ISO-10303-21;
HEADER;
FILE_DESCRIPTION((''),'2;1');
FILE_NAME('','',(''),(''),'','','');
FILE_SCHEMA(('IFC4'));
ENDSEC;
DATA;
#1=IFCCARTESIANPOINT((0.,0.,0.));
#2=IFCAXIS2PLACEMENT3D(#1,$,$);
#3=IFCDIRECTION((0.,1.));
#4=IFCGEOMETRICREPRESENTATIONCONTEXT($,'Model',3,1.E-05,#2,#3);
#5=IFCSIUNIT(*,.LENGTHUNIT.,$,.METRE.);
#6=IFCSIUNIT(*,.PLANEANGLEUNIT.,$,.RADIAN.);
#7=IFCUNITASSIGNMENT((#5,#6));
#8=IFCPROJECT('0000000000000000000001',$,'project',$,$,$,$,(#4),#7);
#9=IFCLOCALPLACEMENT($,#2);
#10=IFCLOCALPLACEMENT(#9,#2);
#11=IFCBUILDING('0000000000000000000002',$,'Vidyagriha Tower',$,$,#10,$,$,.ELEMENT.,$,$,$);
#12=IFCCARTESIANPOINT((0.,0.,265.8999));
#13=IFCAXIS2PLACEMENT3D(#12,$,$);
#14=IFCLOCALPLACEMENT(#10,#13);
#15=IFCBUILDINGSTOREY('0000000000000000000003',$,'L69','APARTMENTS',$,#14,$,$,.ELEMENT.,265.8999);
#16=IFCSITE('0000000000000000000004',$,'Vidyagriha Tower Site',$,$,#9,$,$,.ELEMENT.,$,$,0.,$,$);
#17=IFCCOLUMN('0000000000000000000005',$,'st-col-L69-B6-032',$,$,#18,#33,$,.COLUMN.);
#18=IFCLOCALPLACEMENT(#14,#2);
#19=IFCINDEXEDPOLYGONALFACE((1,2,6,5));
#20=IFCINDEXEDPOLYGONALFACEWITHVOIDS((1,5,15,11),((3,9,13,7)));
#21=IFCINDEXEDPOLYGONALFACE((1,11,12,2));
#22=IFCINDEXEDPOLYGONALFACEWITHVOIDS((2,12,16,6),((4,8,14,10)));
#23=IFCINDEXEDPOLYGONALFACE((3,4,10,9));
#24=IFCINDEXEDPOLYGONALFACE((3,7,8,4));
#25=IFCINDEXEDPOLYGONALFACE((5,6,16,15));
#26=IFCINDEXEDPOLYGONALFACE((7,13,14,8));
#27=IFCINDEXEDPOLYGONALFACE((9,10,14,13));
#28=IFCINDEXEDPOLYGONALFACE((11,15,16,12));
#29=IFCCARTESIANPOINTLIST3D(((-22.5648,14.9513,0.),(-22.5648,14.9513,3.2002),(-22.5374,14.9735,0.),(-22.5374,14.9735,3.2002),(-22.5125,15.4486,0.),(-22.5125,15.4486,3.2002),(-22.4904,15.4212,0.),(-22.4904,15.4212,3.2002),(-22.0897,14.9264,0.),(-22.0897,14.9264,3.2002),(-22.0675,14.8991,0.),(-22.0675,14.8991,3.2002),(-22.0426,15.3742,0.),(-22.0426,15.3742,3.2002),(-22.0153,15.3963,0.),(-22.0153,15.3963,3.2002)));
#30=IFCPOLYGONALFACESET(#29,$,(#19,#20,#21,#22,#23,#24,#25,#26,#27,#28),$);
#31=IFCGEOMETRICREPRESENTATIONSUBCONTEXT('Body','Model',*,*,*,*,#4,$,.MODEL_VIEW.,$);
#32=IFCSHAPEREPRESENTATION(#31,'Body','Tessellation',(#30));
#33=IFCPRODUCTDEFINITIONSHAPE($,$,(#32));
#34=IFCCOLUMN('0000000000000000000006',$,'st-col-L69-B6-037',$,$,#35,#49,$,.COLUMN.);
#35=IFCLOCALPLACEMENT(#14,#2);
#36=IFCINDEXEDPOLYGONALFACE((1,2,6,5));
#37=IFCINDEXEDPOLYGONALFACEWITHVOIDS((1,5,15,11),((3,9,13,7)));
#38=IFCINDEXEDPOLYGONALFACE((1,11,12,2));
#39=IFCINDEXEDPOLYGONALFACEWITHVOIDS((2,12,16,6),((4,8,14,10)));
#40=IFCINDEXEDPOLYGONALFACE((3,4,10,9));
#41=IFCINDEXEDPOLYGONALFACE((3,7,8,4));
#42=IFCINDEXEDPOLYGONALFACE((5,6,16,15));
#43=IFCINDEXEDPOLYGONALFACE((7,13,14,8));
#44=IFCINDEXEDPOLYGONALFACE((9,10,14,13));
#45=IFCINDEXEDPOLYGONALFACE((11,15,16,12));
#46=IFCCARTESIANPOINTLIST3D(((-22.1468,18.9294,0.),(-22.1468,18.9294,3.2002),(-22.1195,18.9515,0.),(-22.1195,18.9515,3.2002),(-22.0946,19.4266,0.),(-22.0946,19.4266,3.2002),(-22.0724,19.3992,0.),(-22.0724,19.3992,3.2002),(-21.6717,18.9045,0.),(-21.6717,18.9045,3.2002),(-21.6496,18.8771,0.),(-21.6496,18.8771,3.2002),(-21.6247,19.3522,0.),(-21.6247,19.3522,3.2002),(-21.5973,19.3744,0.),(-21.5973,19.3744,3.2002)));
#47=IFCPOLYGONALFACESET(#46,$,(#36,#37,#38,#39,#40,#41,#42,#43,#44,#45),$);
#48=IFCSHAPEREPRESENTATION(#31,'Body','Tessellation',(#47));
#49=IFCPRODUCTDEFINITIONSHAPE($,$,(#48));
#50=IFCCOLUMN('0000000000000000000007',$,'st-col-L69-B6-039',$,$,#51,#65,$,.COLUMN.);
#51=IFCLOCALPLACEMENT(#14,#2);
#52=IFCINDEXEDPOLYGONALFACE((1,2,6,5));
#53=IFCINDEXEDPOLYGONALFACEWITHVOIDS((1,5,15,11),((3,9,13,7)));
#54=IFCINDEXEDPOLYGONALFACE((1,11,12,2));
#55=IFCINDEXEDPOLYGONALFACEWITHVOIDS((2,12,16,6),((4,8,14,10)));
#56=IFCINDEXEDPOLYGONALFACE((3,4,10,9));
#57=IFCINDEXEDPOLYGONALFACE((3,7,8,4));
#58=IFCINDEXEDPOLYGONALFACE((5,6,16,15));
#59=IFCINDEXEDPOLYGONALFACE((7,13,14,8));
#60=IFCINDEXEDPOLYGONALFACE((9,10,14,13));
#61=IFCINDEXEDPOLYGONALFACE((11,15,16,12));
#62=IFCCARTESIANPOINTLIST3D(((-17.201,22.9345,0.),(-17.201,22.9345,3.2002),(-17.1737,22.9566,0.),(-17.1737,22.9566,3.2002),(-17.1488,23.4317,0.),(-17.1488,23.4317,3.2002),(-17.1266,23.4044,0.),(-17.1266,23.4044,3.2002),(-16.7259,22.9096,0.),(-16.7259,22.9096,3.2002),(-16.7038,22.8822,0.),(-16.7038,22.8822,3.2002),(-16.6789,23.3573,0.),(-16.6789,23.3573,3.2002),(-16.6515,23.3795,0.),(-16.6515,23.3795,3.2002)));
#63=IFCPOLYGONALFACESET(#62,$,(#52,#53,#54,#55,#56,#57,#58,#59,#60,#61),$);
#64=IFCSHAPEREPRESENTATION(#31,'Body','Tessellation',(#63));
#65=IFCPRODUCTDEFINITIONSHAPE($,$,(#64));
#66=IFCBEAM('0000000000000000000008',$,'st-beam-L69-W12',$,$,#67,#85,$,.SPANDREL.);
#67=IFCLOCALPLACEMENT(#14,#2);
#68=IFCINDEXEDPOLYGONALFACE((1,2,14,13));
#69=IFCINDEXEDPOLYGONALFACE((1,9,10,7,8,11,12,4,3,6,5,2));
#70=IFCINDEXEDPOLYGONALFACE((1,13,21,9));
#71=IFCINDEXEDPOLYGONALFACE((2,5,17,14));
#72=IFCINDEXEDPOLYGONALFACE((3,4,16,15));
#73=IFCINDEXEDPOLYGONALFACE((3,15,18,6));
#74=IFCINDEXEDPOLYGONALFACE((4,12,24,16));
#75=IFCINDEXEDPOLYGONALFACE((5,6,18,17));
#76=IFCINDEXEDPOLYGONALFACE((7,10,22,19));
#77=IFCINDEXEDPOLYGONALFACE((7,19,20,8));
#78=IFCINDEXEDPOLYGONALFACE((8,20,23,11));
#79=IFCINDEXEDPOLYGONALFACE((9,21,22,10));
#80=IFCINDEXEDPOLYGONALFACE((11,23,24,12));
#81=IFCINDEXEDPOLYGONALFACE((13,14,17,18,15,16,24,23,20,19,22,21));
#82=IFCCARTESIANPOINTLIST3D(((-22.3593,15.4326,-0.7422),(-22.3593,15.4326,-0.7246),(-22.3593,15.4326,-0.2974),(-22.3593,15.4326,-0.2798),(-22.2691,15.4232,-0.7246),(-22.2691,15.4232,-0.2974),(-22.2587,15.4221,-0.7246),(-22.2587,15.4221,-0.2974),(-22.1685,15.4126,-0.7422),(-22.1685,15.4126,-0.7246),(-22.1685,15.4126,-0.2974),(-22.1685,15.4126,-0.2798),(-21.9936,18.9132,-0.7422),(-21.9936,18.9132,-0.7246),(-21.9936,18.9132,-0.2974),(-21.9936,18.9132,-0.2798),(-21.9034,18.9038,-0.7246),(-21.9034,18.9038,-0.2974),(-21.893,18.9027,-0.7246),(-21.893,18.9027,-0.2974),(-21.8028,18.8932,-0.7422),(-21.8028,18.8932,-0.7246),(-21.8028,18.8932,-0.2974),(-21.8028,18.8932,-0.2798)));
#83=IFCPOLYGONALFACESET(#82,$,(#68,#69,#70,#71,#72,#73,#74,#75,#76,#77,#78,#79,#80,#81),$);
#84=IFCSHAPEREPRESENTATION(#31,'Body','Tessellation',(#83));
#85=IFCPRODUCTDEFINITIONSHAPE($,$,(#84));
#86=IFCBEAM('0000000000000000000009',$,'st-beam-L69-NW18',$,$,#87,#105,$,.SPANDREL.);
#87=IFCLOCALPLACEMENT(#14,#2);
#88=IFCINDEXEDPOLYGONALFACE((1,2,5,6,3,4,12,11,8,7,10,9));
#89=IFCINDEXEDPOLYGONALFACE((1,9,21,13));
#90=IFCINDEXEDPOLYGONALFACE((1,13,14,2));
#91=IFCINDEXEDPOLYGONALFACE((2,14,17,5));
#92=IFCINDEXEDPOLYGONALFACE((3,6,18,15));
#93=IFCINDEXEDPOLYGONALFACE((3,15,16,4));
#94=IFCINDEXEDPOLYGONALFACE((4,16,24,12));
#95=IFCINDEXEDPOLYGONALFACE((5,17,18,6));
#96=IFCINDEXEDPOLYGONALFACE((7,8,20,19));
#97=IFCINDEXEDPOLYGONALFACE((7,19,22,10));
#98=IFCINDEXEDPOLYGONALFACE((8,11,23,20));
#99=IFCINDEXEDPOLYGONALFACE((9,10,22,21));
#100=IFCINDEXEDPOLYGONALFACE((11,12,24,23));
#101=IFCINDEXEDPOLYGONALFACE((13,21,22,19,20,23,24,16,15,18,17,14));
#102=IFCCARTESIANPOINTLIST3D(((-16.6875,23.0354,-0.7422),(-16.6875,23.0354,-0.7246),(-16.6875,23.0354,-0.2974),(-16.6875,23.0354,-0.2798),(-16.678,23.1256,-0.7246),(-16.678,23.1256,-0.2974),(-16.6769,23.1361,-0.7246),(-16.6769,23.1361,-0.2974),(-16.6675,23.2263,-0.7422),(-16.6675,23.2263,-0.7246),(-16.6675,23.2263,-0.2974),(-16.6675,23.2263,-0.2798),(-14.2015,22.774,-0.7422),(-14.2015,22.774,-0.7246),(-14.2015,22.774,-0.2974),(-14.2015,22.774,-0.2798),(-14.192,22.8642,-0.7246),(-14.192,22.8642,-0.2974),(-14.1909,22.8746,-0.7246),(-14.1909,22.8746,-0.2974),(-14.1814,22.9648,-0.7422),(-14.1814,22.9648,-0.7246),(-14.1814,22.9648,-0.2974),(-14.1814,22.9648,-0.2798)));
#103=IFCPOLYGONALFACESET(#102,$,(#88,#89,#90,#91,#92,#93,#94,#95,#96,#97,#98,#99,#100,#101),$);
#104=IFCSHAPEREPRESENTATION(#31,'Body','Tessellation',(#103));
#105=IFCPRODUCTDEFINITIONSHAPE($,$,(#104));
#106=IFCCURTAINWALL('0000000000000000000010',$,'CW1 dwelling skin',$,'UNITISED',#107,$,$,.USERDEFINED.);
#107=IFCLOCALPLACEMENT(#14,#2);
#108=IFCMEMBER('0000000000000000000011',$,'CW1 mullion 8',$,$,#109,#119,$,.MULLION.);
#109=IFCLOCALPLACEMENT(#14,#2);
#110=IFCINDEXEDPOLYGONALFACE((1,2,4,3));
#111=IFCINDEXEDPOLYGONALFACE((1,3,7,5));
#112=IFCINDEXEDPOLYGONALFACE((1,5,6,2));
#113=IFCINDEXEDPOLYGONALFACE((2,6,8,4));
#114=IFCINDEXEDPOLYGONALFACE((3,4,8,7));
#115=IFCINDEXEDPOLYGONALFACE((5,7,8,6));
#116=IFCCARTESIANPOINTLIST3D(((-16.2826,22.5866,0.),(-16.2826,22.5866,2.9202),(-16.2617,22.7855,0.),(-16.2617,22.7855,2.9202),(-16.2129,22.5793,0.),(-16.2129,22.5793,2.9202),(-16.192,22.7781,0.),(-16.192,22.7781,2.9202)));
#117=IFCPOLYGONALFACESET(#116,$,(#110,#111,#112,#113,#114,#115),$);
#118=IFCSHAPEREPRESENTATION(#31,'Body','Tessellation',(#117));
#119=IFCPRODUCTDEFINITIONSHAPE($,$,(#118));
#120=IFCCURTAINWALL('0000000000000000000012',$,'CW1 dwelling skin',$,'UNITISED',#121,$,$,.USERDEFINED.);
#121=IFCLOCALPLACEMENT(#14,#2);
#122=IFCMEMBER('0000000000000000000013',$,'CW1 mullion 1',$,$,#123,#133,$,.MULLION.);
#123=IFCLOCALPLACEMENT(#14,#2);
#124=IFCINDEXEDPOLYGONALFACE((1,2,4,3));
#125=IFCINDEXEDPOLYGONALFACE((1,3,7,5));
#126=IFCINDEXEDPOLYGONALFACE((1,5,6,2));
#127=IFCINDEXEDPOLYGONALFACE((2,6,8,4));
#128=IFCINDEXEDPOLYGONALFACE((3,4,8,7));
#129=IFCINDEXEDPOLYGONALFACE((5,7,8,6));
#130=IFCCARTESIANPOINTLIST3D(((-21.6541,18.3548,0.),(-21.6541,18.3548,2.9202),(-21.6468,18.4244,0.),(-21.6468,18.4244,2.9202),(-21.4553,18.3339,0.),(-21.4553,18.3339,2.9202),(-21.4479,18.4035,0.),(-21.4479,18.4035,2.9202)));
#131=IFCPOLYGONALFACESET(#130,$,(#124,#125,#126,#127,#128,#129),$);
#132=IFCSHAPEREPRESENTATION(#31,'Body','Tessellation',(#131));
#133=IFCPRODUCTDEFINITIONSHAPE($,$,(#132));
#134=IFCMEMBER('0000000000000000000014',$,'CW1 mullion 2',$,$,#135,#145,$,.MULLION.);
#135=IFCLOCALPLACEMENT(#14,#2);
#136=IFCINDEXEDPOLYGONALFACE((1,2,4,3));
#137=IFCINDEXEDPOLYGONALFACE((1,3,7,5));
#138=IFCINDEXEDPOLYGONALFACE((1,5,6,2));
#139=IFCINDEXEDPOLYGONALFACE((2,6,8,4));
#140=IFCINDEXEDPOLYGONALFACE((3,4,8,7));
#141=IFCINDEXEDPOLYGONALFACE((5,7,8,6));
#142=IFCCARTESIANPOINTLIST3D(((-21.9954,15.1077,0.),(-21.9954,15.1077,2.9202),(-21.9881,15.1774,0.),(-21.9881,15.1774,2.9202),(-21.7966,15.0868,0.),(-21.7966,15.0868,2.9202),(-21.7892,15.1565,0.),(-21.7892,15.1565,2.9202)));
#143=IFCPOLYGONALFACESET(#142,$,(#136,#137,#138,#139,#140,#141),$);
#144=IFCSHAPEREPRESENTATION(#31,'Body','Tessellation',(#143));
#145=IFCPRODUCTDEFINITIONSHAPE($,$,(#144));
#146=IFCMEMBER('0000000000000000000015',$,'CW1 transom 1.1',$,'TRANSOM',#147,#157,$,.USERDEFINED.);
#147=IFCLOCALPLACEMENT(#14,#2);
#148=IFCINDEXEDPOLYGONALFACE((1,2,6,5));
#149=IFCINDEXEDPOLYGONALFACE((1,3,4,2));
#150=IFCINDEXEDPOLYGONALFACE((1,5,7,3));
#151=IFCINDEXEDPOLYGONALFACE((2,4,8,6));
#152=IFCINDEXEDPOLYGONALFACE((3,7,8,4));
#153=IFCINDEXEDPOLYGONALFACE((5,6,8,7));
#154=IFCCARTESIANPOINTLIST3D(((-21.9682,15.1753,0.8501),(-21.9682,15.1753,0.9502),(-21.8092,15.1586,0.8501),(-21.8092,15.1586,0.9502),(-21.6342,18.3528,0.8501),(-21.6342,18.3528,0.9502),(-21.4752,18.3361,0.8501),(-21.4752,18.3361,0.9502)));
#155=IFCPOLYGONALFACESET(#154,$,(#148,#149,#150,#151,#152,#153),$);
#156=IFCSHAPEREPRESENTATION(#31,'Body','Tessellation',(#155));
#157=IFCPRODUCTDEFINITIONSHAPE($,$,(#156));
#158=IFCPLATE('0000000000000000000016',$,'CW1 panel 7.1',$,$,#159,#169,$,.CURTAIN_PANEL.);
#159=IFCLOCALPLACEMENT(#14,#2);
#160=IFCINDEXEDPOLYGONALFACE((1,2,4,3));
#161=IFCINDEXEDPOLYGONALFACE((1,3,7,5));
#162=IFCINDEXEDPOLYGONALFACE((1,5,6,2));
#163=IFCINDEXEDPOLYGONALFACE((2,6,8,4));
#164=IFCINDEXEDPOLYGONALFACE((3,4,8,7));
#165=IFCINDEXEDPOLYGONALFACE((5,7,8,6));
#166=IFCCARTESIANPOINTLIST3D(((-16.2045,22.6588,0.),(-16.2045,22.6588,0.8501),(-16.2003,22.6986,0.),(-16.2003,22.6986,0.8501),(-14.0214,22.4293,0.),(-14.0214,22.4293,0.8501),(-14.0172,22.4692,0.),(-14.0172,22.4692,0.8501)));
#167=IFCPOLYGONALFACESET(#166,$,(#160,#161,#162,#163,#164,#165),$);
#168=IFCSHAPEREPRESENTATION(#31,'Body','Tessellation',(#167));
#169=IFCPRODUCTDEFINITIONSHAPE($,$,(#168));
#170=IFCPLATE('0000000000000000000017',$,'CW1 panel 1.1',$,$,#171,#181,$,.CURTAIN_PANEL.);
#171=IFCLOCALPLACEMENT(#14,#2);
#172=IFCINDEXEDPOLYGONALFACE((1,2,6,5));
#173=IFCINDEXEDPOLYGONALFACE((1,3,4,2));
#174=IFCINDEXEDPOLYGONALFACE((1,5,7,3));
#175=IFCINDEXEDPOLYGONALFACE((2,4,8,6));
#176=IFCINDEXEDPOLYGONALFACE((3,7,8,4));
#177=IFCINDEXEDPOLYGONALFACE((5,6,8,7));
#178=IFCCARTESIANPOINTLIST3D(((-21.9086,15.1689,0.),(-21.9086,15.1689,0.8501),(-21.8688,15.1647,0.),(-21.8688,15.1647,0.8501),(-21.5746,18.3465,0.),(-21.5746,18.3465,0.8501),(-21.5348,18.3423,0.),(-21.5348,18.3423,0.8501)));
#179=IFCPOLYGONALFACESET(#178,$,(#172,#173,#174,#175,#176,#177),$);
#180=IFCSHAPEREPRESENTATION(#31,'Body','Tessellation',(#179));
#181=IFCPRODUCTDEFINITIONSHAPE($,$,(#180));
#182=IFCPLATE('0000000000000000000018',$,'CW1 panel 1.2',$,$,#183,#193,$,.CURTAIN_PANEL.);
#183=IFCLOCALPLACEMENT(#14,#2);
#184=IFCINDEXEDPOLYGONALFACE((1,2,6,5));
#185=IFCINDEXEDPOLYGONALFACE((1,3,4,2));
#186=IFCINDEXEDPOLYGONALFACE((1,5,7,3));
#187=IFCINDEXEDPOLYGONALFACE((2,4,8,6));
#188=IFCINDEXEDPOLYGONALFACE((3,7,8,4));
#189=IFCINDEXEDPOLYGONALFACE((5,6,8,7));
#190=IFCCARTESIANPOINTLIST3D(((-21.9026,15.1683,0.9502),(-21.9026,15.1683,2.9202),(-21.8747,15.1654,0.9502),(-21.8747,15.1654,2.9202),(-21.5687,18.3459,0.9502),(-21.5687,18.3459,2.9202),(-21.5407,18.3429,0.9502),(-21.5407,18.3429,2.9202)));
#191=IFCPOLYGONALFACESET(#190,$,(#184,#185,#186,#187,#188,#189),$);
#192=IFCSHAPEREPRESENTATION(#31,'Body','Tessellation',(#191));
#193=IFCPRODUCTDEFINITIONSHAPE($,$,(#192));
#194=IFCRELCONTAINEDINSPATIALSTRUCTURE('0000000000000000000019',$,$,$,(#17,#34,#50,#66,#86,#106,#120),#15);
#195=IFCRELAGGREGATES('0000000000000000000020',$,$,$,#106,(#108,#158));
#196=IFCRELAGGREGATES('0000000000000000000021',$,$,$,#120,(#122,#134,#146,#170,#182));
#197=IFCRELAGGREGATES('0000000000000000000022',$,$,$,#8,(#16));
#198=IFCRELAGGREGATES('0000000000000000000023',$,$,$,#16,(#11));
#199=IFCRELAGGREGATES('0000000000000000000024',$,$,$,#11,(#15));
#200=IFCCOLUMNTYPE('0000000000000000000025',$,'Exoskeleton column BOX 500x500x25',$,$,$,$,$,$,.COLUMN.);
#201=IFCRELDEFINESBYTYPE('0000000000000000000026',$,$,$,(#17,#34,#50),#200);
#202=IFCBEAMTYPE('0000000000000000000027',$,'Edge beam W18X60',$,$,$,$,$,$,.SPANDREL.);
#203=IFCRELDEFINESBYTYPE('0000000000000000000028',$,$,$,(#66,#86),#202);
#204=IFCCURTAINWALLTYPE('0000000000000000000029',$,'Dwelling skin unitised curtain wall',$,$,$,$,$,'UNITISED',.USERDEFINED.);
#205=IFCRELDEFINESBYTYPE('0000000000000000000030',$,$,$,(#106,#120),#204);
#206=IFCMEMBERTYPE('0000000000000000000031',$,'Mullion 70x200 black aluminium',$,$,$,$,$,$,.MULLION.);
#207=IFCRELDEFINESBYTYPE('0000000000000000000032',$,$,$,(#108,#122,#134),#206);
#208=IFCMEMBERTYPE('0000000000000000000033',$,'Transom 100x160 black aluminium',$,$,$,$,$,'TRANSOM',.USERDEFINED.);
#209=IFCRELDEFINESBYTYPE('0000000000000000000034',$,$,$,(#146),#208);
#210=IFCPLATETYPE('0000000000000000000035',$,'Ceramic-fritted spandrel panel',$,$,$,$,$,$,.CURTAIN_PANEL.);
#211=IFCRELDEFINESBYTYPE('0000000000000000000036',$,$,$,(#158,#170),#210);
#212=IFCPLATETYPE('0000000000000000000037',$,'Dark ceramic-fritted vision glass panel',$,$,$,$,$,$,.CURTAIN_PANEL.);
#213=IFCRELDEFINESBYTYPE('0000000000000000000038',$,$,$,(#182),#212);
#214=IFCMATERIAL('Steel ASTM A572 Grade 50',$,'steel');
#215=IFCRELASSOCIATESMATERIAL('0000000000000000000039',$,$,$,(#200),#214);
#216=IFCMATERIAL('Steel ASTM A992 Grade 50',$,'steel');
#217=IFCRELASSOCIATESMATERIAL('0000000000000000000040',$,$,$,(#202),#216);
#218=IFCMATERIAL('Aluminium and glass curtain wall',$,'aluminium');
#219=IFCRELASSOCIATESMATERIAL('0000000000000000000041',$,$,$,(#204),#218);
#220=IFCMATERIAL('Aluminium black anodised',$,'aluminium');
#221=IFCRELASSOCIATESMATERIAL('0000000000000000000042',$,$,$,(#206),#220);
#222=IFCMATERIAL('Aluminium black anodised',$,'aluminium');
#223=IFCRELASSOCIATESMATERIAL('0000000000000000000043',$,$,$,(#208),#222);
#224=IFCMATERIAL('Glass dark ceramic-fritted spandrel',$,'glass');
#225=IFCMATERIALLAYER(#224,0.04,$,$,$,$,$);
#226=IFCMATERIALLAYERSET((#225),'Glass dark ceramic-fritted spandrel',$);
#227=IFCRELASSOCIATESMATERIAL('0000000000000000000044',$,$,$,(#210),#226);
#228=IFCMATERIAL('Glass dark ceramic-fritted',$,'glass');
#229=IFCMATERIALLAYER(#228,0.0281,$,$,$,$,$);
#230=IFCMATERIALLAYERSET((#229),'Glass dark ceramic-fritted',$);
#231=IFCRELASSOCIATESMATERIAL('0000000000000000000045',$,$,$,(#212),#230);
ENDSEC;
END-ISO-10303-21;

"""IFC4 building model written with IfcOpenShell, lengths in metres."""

from ifc_helpers import new_model, si_unit, direction, frame, origin, origin_2d, place, context, subcontext, project, spatial, rectangle, hollow_rectangle, i_section, extrude, material, layer, layer_set, material_profile, profile_set, type_object, element, aggregate, save


model = new_model("IFC4")

# Units and contexts
model_context = context("Model", 3, precision=1e-05, world=origin(), true_north=direction((0.0, 1.0)))
body_context = subcontext(model_context, "Body", "Model", "MODEL_VIEW")
ifc_project = project(units=[si_unit("LENGTHUNIT", "METRE"), si_unit("PLANEANGLEUNIT", "RADIAN")], contexts=[model_context])

# Site, building, storey
site_placement = place(None, origin())
site = spatial("IfcSite", under=ifc_project, at=site_placement, Name="Vidyagriha Tower Site", CompositionType="ELEMENT", RefElevation=0.0)
building_placement = place(site_placement, origin())
building = spatial("IfcBuilding", under=site, at=building_placement, Name="Vidyagriha Tower", CompositionType="ELEMENT")
storey_placement = place(building_placement, frame((0.0, 0.0, 265.8999)))
storey = spatial("IfcBuildingStorey", under=building, at=storey_placement, Name="L69", Description="APARTMENTS", CompositionType="ELEMENT", Elevation=265.8999)

# Columns
ifc_material_1 = material(Name="Steel ASTM A572 Grade 50", Category="steel")
ifc_material_profile_1 = material_profile(ifc_material_1, hollow_rectangle(XDim=0.5, YDim=0.5, WallThickness=0.0249, at=origin_2d()), Name="BOX 500x500x25")
ifc_profile_set_1 = profile_set([ifc_material_profile_1], Name="Steel ASTM A572 Grade 50")
column_type = type_object("IfcColumnType", Name="Exoskeleton column BOX 500x500x25", PredefinedType="COLUMN", material=ifc_profile_set_1)
for number, where, z_axis, x_axis, name in (
    (1, (-22.29, 15.1738, 0.0), (0.0, 0.0, 1.0), (0.994522, -0.104528, 0.0), "st-col-L69-B6-032"),
    (2, (-21.8721, 19.1519, 0.0), (0.0, 0.0, 1.0), (0.994522, -0.104528, 0.0), "st-col-L69-B6-037"),
    (3, (-16.9263, 23.157, 0.0), (0.0, 0.0, 1.0), (0.994522, -0.104528, 0.0), "st-col-L69-B6-039"),
):
    element("IfcColumn", number, at=place(storey_placement, frame(where, z_axis=z_axis, x_axis=x_axis)), inside=storey, type_object=column_type, Name=name, PredefinedType="COLUMN", context=body_context, shape_type="SweptSolid", body=[
        extrude(hollow_rectangle(XDim=0.5, YDim=0.5, WallThickness=0.0249, at=origin_2d()), origin(), (0.0, 0.0, 1.0), 3.2002),
    ])

# Beams
ifc_material_2 = material(Name="Steel ASTM A992 Grade 50", Category="steel")
ifc_material_profile_2 = material_profile(ifc_material_2, i_section(OverallWidth=0.1919, OverallDepth=0.4624, WebThickness=0.0105, FlangeThickness=0.0176, at=origin_2d()), Name="W18X60")
ifc_profile_set_2 = profile_set([ifc_material_profile_2], Name="Steel ASTM A992 Grade 50")
beam_type = type_object("IfcBeamType", Name="Edge beam W18X60", PredefinedType="SPANDREL", material=ifc_profile_set_2)
beam_1_placement = place(storey_placement, frame((-22.2639, 15.4226, -0.511), z_axis=(0.104496, 0.994525, 0.0), x_axis=(-0.994525, 0.104496, 0.0)))
element("IfcBeam", 4, at=beam_1_placement, inside=storey, type_object=beam_type, Name="st-beam-L69-W12", PredefinedType="SPANDREL", context=body_context, shape_type="SweptSolid", body=[
    extrude(i_section(OverallWidth=0.1919, OverallDepth=0.4624, WebThickness=0.0105, FlangeThickness=0.0176, at=origin_2d()), origin(), (0.0, 0.0, 1.0), 3.4998),
])
beam_2_placement = place(storey_placement, frame((-16.6775, 23.1309, -0.511), z_axis=(0.994515, -0.104598, 0.0), x_axis=(0.104598, 0.994515, 0.0)))
element("IfcBeam", 5, at=beam_2_placement, inside=storey, type_object=beam_type, Name="st-beam-L69-NW18", PredefinedType="SPANDREL", context=body_context, shape_type="SweptSolid", body=[
    extrude(i_section(OverallWidth=0.1919, OverallDepth=0.4624, WebThickness=0.0105, FlangeThickness=0.0176, at=origin_2d()), origin(), (0.0, 0.0, 1.0), 2.4998),
])

# Curtain wall, member
ifc_material_3 = material(Name="Aluminium and glass curtain wall", Category="aluminium")
curtain_wall_type = type_object("IfcCurtainWallType", Name="Dwelling skin unitised curtain wall", ElementType="UNITISED", PredefinedType="USERDEFINED", material=ifc_material_3)
curtain_wall_1_placement = place(storey_placement, origin())
curtain_wall_1 = element("IfcCurtainWall", 6, at=curtain_wall_1_placement, inside=storey, type_object=curtain_wall_type, Name="CW1 dwelling skin", ObjectType="UNITISED", PredefinedType="USERDEFINED")
ifc_material_4 = material(Name="Aluminium black anodised", Category="aluminium")
ifc_material_profile_3 = material_profile(ifc_material_4, rectangle(XDim=0.2, YDim=0.0701, at=origin_2d()), Name="Mullion 70x200 black aluminium")
ifc_profile_set_3 = profile_set([ifc_material_profile_3], Name="Aluminium black anodised")
member_type_1 = type_object("IfcMemberType", Name="Mullion 70x200 black aluminium", PredefinedType="MULLION", material=ifc_profile_set_3)
member_1_placement = place(storey_placement, frame((-16.2373, 22.6824, 0.0), z_axis=(0.0, 0.0, 1.0), x_axis=(-0.104529, -0.994522, 0.0)))
member_1 = element("IfcMember", 7, at=member_1_placement, type_object=member_type_1, Name="CW1 mullion 8", PredefinedType="MULLION", context=body_context, shape_type="SweptSolid", body=[
    extrude(rectangle(XDim=0.2, YDim=0.0701, at=origin_2d()), origin(), (0.0, 0.0, 1.0), 2.9202),
])

# Curtain wall, members
curtain_wall_2_placement = place(storey_placement, origin())
curtain_wall_2 = element("IfcCurtainWall", 8, at=curtain_wall_2_placement, inside=storey, type_object=curtain_wall_type, Name="CW1 dwelling skin", ObjectType="UNITISED", PredefinedType="USERDEFINED")
member_2_placement = place(storey_placement, frame((-21.551, 18.3792, 0.0), z_axis=(0.0, 0.0, 1.0), x_axis=(0.994522, -0.104525, 0.0)))
member_2 = element("IfcMember", 9, at=member_2_placement, type_object=member_type_1, Name="CW1 mullion 1", PredefinedType="MULLION", context=body_context, shape_type="SweptSolid", body=[
    extrude(rectangle(XDim=0.2, YDim=0.0701, at=origin_2d()), origin(), (0.0, 0.0, 1.0), 2.9202),
])
member_3_placement = place(storey_placement, frame((-21.8923, 15.1321, 0.0), z_axis=(0.0, 0.0, 1.0), x_axis=(0.994522, -0.104525, 0.0)))
member_3 = element("IfcMember", 10, at=member_3_placement, type_object=member_type_1, Name="CW1 mullion 2", PredefinedType="MULLION", context=body_context, shape_type="SweptSolid", body=[
    extrude(rectangle(XDim=0.2, YDim=0.0701, at=origin_2d()), origin(), (0.0, 0.0, 1.0), 2.9202),
])
ifc_material_5 = material(Name="Aluminium black anodised", Category="aluminium")
ifc_material_profile_4 = material_profile(ifc_material_5, rectangle(XDim=0.1599, YDim=0.1001, at=origin_2d()), Name="Transom 100x160 black aluminium")
ifc_profile_set_4 = profile_set([ifc_material_profile_4], Name="Aluminium black anodised")
member_type_2 = type_object("IfcMemberType", Name="Transom 100x160 black aluminium", ElementType="TRANSOM", PredefinedType="USERDEFINED", material=ifc_profile_set_4)
member_4_placement = place(storey_placement, frame((-21.5547, 18.3445, 0.9001), z_axis=(-0.104534, -0.994521, 0.0), x_axis=(0.994521, -0.104534, 0.0)))
member_4 = element("IfcMember", 11, at=member_4_placement, type_object=member_type_2, Name="CW1 transom 1.1", ObjectType="TRANSOM", PredefinedType="USERDEFINED", context=body_context, shape_type="SweptSolid", body=[
    extrude(rectangle(XDim=0.1599, YDim=0.1001, at=origin_2d()), origin(), (0.0, 0.0, 1.0), 3.1951),
])

# Plates
ifc_material_6 = material(Name="Glass dark ceramic-fritted spandrel", Category="glass")
ifc_layer_1 = layer(ifc_material_6, 0.04)
ifc_layer_set_1 = layer_set([ifc_layer_1], Name="Glass dark ceramic-fritted spandrel")
plate_type_1 = type_object("IfcPlateType", Name="Ceramic-fritted spandrel panel", PredefinedType="CURTAIN_PANEL", material=ifc_layer_set_1)
plate_1_placement = place(storey_placement, frame((-15.1108, 22.564, 0.0), z_axis=(0.0, 0.0, 1.0), x_axis=(-0.994522, 0.104529, 0.0)))
plate_1 = element("IfcPlate", 12, at=plate_1_placement, type_object=plate_type_1, Name="CW1 panel 7.1", PredefinedType="CURTAIN_PANEL", context=body_context, shape_type="SweptSolid", body=[
    extrude(rectangle(XDim=2.1951, YDim=0.04, at=origin_2d()), origin(), (0.0, 0.0, 1.0), 0.8501),
])
aggregate(curtain_wall_1, [member_1, plate_1])
plate_2_placement = place(storey_placement, frame((-21.7217, 16.7556, 0.0), z_axis=(0.0, 0.0, 1.0), x_axis=(-0.104525, -0.994522, 0.0)))
plate_2 = element("IfcPlate", 13, at=plate_2_placement, type_object=plate_type_1, Name="CW1 panel 1.1", PredefinedType="CURTAIN_PANEL", context=body_context, shape_type="SweptSolid", body=[
    extrude(rectangle(XDim=3.1951, YDim=0.04, at=origin_2d()), origin(), (0.0, 0.0, 1.0), 0.8501),
])
ifc_material_7 = material(Name="Glass dark ceramic-fritted", Category="glass")
ifc_layer_2 = layer(ifc_material_7, 0.0281)
ifc_layer_set_2 = layer_set([ifc_layer_2], Name="Glass dark ceramic-fritted")
plate_type_2 = type_object("IfcPlateType", Name="Dark ceramic-fritted vision glass panel", PredefinedType="CURTAIN_PANEL", material=ifc_layer_set_2)
plate_3_placement = place(storey_placement, frame((-21.7217, 16.7556, 0.9502), z_axis=(0.0, 0.0, 1.0), x_axis=(-0.104525, -0.994522, 0.0)))
plate_3 = element("IfcPlate", 14, at=plate_3_placement, type_object=plate_type_2, Name="CW1 panel 1.2", PredefinedType="CURTAIN_PANEL", context=body_context, shape_type="SweptSolid", body=[
    extrude(rectangle(XDim=3.1951, YDim=0.0281, at=origin_2d()), origin(), (0.0, 0.0, 1.0), 1.97),
])
aggregate(curtain_wall_2, [member_2, member_3, member_4, plate_2, plate_3])

save(model, "model.ifc")
